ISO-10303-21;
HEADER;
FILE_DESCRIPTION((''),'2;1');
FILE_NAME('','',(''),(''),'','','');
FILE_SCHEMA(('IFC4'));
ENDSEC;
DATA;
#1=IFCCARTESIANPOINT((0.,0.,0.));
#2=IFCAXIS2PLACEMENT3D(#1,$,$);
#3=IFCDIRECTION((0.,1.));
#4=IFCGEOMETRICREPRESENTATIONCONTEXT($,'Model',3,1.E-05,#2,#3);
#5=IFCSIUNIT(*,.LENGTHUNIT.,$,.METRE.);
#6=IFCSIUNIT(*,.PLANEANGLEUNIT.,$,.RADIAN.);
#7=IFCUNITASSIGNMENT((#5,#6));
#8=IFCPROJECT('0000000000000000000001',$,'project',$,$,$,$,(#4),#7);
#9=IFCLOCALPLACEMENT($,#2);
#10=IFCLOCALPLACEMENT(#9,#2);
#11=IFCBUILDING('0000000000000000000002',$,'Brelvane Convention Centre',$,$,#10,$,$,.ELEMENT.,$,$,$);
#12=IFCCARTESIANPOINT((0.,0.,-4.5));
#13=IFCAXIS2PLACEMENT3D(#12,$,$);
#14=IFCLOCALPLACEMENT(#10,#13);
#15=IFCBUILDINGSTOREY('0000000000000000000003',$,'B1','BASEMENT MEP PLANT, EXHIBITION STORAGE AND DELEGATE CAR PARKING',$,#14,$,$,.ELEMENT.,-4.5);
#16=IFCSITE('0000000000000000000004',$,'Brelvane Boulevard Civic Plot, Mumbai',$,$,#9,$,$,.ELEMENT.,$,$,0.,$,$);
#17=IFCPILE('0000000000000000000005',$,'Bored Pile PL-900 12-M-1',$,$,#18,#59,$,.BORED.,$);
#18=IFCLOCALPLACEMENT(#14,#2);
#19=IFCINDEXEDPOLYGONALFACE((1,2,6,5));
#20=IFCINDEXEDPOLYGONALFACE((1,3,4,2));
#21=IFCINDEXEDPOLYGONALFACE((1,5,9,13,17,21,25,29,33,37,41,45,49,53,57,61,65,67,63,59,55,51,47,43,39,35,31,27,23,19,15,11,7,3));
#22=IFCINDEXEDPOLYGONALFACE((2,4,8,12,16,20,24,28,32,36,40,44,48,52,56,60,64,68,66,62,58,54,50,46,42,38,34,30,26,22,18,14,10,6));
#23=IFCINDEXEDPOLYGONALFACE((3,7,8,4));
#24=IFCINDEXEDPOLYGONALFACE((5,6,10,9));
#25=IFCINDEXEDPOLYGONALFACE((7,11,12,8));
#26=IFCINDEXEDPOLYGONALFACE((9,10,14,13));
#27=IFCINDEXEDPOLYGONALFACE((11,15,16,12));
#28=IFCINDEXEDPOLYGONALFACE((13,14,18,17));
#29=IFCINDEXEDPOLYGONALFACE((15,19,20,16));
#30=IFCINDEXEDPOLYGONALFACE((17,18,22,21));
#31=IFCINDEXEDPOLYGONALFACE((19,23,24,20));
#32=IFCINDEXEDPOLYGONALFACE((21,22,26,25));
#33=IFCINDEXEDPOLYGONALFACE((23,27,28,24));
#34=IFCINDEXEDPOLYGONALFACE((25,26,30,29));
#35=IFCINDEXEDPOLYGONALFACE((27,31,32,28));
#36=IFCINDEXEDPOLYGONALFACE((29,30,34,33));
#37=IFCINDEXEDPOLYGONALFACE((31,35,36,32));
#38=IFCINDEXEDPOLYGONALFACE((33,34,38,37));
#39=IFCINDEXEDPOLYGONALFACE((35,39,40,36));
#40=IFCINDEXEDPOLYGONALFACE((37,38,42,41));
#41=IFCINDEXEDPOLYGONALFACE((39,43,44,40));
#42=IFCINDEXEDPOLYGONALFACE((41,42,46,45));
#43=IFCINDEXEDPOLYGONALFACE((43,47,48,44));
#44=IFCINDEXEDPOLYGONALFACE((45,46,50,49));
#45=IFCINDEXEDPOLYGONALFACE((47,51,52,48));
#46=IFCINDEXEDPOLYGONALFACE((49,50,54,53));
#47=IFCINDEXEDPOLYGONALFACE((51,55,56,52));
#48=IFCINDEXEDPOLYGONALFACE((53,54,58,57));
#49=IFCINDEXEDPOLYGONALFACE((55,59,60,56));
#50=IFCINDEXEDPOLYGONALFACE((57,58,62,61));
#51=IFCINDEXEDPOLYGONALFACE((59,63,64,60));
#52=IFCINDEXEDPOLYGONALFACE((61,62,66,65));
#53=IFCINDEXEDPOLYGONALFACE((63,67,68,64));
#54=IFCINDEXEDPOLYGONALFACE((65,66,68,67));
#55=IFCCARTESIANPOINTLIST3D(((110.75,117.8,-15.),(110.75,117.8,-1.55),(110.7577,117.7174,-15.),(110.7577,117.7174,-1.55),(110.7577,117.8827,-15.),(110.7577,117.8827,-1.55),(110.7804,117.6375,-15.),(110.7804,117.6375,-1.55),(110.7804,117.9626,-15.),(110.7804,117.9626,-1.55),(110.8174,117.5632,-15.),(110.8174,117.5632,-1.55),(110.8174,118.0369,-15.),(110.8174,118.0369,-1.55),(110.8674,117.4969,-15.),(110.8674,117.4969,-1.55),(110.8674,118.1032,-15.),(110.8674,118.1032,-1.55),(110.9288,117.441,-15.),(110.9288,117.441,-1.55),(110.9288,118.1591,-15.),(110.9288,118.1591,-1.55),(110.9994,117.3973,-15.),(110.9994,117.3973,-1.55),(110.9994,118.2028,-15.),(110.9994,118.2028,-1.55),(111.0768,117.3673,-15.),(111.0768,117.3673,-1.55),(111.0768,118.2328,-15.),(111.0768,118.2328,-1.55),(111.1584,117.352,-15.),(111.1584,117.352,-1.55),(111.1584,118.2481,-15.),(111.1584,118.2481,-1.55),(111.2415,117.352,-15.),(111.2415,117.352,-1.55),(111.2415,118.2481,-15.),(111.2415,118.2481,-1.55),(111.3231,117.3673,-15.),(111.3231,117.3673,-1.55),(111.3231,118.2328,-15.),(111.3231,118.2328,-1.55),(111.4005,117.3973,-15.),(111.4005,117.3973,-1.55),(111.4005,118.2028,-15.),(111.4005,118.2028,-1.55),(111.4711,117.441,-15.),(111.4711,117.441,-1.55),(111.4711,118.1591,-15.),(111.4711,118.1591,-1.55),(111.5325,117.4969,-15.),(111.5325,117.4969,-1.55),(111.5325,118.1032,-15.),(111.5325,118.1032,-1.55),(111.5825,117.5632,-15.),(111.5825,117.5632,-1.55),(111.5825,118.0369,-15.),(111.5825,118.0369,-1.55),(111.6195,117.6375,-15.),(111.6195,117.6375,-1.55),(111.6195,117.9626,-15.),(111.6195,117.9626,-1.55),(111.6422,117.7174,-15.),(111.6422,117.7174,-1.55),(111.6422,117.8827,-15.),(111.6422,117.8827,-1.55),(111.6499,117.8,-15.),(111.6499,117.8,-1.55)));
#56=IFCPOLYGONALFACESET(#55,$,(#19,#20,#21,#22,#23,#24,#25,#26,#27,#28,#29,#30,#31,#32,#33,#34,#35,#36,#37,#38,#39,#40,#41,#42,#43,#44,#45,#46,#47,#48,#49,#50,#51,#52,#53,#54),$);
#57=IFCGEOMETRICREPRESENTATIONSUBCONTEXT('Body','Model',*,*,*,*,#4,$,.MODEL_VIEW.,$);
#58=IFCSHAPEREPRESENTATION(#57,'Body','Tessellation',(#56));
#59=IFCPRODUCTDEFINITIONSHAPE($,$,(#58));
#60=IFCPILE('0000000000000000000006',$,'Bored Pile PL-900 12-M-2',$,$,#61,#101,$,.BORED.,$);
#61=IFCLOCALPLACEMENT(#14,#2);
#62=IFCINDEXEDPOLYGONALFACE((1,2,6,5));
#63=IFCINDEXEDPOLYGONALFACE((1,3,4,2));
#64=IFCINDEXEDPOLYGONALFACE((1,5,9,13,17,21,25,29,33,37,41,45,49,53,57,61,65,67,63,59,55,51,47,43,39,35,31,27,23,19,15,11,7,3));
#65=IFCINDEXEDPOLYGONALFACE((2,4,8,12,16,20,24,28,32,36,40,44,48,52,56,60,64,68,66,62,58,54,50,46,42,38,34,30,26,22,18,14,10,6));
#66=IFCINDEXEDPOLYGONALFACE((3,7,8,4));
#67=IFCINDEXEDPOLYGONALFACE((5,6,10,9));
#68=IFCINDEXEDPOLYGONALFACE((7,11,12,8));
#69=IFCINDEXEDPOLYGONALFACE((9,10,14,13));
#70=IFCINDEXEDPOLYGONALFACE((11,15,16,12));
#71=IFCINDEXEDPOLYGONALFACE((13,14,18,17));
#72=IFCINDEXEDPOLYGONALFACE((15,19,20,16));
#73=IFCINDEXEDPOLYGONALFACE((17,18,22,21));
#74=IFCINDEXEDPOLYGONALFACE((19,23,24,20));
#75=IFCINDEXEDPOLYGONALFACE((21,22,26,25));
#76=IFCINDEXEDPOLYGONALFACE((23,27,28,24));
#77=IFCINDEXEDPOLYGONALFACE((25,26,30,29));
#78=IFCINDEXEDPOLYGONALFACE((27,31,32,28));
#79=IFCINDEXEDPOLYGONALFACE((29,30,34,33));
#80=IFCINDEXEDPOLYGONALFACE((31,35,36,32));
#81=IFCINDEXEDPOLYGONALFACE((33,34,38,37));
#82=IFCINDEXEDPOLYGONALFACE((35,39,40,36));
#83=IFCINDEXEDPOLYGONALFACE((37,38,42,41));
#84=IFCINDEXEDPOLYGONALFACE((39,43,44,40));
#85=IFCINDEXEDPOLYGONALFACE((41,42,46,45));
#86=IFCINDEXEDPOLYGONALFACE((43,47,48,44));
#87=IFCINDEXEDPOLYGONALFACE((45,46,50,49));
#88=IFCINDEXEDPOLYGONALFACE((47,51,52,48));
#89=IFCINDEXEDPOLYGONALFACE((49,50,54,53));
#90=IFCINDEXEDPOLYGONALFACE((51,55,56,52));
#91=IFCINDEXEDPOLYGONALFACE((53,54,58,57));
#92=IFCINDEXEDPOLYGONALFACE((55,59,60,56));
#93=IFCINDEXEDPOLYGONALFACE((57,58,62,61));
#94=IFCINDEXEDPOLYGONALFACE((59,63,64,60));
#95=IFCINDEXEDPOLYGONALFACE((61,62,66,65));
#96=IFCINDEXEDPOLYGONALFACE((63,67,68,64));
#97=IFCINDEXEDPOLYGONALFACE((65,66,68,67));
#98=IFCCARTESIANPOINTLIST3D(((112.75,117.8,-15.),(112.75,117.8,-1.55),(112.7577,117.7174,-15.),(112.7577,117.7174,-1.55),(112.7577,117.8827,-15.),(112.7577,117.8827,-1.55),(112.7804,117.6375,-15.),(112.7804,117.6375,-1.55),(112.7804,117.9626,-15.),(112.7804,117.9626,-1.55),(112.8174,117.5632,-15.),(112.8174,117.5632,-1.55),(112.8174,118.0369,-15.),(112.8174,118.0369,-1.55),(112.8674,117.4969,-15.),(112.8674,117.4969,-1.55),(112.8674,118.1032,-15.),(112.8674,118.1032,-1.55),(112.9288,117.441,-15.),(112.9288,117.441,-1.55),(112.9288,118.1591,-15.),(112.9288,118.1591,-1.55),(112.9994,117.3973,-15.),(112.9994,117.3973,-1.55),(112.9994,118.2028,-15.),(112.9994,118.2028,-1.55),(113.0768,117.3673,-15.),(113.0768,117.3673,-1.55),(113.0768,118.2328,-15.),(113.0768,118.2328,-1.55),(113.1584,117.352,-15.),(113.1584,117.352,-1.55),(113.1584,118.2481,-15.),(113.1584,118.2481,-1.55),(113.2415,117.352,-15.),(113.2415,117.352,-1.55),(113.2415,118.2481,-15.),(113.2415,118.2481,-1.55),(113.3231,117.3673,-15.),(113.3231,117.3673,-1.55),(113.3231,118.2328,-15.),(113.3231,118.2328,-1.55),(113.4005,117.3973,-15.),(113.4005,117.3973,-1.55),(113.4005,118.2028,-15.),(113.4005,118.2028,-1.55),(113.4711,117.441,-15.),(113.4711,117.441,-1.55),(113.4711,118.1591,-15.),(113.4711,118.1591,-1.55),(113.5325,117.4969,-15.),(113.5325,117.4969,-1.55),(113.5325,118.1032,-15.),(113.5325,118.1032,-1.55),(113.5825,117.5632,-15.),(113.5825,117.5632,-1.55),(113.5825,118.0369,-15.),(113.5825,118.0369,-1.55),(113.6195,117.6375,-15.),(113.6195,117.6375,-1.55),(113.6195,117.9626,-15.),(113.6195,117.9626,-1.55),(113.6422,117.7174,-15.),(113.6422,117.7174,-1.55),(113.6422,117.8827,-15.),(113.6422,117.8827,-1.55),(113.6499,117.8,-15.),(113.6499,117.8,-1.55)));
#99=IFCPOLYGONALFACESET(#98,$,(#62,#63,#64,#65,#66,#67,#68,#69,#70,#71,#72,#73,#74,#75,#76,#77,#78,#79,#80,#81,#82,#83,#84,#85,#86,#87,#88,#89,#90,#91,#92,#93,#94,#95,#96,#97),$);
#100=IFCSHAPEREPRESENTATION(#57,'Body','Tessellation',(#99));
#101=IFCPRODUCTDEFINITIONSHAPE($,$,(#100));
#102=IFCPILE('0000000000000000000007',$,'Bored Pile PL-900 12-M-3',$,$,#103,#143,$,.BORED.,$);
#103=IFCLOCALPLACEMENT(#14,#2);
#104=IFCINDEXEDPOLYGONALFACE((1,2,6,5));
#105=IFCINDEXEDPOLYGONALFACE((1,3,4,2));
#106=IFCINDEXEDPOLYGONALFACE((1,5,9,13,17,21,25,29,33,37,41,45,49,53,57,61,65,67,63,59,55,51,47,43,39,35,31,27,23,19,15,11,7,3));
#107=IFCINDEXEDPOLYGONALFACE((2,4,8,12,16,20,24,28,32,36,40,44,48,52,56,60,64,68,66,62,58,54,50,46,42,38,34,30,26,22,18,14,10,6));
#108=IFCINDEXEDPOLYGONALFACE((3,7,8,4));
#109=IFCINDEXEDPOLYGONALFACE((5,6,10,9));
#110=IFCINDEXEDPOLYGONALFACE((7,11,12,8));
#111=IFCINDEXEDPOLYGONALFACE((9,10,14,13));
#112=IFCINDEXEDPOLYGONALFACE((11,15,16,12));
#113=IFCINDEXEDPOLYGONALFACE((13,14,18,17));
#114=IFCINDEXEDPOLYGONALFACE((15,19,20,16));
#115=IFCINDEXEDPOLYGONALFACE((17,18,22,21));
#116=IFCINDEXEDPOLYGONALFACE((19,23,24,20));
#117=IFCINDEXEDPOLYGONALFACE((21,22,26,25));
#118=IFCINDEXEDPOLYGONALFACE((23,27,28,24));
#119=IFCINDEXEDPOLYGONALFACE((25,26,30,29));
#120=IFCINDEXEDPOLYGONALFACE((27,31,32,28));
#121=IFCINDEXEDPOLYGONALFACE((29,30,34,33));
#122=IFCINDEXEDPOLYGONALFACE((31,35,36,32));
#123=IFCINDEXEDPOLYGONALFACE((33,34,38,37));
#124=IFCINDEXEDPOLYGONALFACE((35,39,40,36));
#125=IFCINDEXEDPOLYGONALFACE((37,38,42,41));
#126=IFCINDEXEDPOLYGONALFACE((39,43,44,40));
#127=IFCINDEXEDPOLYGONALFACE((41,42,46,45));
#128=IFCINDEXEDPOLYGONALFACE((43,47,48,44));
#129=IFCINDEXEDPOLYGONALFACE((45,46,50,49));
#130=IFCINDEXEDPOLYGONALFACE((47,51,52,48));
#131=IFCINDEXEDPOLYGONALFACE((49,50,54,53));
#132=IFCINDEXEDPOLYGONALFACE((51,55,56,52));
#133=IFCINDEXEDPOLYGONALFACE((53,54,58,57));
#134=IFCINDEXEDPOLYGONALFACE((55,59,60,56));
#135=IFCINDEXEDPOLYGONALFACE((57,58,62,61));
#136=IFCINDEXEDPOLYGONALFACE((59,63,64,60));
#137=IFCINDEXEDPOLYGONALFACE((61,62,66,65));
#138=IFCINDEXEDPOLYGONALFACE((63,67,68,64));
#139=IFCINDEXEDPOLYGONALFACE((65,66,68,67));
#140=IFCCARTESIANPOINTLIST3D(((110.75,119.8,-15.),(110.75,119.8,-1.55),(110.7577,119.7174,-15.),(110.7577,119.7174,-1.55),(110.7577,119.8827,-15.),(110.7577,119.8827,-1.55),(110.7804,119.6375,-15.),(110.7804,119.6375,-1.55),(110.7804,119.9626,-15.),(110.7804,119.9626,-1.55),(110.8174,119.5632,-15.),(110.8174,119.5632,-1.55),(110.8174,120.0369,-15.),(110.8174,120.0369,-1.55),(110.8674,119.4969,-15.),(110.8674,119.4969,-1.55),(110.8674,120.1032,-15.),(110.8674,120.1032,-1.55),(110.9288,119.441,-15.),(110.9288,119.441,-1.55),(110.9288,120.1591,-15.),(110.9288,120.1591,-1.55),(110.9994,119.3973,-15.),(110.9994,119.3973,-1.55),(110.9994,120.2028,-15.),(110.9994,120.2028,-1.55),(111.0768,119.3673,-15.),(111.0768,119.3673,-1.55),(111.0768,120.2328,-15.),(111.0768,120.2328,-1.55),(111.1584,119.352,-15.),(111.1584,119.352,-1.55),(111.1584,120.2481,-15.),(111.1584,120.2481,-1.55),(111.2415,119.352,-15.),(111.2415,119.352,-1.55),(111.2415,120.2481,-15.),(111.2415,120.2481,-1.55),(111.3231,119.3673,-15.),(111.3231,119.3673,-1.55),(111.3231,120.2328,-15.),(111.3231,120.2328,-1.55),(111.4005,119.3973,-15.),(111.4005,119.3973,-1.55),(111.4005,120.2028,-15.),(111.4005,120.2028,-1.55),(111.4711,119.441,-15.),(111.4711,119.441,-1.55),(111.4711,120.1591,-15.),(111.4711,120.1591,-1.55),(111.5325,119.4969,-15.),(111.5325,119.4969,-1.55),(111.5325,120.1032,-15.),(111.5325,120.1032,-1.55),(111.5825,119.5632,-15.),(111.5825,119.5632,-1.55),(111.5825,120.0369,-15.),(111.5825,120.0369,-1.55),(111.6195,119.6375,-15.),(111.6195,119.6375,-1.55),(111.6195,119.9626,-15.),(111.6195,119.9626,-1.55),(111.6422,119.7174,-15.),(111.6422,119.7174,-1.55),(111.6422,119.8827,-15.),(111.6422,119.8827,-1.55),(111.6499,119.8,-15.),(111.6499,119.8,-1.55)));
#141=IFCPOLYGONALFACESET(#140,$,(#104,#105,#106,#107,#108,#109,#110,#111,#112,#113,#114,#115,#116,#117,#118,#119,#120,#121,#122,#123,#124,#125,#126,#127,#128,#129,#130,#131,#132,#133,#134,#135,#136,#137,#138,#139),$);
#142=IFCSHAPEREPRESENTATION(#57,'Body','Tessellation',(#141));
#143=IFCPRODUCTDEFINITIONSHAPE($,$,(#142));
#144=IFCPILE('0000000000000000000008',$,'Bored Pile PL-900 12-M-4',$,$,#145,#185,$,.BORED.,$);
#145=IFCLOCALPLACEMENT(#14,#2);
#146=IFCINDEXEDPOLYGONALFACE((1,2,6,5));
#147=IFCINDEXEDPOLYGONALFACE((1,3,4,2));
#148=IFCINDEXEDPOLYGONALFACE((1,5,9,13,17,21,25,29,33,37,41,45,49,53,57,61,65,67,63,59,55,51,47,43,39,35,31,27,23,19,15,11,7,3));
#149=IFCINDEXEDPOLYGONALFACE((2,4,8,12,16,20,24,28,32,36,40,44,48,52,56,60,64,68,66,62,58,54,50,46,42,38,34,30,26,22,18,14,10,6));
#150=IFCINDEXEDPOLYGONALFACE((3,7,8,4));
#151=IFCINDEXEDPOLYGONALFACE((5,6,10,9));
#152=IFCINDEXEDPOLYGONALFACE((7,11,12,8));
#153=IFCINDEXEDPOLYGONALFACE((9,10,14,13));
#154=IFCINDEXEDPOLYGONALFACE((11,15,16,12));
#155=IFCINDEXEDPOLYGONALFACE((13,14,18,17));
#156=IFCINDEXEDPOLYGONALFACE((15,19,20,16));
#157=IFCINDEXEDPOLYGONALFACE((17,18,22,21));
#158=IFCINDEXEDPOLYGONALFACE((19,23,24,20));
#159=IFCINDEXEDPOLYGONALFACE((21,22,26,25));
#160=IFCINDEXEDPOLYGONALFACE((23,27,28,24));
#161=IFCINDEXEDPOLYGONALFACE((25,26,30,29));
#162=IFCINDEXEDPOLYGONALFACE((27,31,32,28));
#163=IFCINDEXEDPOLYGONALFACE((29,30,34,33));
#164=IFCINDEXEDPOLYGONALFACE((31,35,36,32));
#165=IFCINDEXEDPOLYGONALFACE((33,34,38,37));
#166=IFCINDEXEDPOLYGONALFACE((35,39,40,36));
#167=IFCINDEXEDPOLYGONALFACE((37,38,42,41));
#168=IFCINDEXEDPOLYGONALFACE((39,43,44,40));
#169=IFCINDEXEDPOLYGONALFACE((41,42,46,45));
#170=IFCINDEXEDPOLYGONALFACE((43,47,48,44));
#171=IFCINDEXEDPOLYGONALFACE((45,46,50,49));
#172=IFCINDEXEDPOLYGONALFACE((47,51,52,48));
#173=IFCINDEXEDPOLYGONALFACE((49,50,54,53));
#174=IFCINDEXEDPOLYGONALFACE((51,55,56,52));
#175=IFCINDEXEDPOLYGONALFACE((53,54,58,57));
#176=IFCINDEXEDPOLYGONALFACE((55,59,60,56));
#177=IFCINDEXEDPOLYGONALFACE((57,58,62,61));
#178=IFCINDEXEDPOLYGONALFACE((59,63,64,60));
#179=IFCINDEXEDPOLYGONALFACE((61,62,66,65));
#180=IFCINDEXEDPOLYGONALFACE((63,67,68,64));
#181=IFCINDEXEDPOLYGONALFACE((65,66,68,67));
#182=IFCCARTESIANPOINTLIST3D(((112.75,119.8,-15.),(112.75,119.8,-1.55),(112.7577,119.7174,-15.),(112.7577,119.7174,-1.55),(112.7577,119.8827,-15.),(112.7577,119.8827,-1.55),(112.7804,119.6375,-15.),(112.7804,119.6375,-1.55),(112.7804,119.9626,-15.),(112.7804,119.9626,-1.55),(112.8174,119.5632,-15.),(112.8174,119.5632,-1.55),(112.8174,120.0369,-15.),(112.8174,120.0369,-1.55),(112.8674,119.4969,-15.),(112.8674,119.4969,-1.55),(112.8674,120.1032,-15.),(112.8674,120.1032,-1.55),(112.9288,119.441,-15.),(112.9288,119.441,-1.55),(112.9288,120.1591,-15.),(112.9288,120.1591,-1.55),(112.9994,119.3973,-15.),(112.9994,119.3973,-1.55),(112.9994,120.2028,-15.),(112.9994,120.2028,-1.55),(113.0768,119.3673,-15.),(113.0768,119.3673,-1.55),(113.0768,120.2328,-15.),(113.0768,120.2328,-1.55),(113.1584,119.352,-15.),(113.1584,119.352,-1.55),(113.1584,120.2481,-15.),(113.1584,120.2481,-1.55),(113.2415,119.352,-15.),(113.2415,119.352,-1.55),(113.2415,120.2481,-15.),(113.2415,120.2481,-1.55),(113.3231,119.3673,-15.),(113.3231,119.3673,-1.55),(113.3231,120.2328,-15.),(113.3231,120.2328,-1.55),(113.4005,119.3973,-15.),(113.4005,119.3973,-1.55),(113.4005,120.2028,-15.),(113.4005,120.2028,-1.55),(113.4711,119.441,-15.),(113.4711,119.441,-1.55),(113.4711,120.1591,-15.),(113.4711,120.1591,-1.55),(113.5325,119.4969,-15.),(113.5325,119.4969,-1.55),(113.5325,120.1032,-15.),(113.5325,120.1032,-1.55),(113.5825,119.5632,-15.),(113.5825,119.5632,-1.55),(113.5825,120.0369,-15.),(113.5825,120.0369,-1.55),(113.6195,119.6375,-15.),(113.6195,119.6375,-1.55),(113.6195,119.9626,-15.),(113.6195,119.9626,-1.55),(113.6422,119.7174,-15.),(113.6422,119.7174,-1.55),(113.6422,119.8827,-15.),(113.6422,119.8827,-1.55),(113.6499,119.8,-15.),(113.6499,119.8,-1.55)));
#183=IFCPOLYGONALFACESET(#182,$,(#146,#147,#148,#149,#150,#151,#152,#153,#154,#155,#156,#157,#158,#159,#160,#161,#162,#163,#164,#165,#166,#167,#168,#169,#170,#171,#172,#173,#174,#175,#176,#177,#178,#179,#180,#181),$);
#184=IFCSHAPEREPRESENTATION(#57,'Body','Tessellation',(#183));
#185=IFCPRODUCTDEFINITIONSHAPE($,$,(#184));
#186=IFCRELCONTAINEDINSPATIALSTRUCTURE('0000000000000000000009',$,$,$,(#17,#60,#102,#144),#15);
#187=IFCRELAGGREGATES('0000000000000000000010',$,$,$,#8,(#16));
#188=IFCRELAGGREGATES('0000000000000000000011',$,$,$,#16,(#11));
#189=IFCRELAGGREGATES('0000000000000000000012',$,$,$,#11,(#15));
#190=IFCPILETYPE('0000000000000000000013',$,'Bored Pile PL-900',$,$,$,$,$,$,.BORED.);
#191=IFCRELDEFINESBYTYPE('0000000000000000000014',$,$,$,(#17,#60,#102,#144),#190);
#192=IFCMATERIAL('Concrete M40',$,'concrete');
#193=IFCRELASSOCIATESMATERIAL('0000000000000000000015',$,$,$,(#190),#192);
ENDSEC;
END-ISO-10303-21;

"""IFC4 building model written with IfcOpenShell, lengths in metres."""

from ifc_helpers import new_model, si_unit, direction, frame, origin, origin_2d, place, context, subcontext, project, spatial, circle, extrude, material, material_profile, profile_set, type_object, element, save


model = new_model("IFC4")

# Units and contexts
model_context = context("Model", 3, precision=1e-05, world=origin(), true_north=direction((0.0, 1.0)))
body_context = subcontext(model_context, "Body", "Model", "MODEL_VIEW")
ifc_project = project(units=[si_unit("LENGTHUNIT", "METRE"), si_unit("PLANEANGLEUNIT", "RADIAN")], contexts=[model_context])

# Site, building, storey
site_placement = place(None, origin())
site = spatial("IfcSite", under=ifc_project, at=site_placement, Name="Brelvane Boulevard Civic Plot, Mumbai", CompositionType="ELEMENT", RefElevation=0.0)
building_placement = place(site_placement, origin())
building = spatial("IfcBuilding", under=site, at=building_placement, Name="Brelvane Convention Centre", CompositionType="ELEMENT")
storey_placement = place(building_placement, frame((0.0, 0.0, -4.5)))
storey = spatial("IfcBuildingStorey", under=building, at=storey_placement, Name="B1", Description="BASEMENT MEP PLANT, EXHIBITION STORAGE AND DELEGATE CAR PARKING", CompositionType="ELEMENT", Elevation=-4.5)

# Piles
ifc_material_1 = material(Name="Concrete M40", Category="concrete")
ifc_material_profile_1 = material_profile(ifc_material_1, circle(Radius=0.45, at=origin_2d()), Name="PILE D900")
ifc_profile_set_1 = profile_set([ifc_material_profile_1], Name="Concrete M40")
pile_type = type_object("IfcPileType", Name="Bored Pile PL-900", PredefinedType="BORED", material=ifc_profile_set_1)
for number, where, z_axis, x_axis, name in (
    (1, (111.2, 117.8, -1.55), (0.0, 0.0, -1.0), (1.0, 0.0, 0.0), "Bored Pile PL-900 12-M-1"),
    (2, (113.2, 117.8, -1.55), (0.0, 0.0, -1.0), (1.0, 0.0, 0.0), "Bored Pile PL-900 12-M-2"),
    (3, (111.2, 119.8, -1.55), (0.0, 0.0, -1.0), (1.0, 0.0, 0.0), "Bored Pile PL-900 12-M-3"),
    (4, (113.2, 119.8, -1.55), (0.0, 0.0, -1.0), (1.0, 0.0, 0.0), "Bored Pile PL-900 12-M-4"),
):
    element("IfcPile", number, at=place(storey_placement, frame(where, z_axis=z_axis, x_axis=x_axis)), inside=storey, type_object=pile_type, Name=name, PredefinedType="BORED", context=body_context, shape_type="SweptSolid", body=[
        extrude(circle(Radius=0.45, at=origin_2d()), origin(), (0.0, 0.0, 1.0), 13.45),
    ])

save(model, "model.ifc")
